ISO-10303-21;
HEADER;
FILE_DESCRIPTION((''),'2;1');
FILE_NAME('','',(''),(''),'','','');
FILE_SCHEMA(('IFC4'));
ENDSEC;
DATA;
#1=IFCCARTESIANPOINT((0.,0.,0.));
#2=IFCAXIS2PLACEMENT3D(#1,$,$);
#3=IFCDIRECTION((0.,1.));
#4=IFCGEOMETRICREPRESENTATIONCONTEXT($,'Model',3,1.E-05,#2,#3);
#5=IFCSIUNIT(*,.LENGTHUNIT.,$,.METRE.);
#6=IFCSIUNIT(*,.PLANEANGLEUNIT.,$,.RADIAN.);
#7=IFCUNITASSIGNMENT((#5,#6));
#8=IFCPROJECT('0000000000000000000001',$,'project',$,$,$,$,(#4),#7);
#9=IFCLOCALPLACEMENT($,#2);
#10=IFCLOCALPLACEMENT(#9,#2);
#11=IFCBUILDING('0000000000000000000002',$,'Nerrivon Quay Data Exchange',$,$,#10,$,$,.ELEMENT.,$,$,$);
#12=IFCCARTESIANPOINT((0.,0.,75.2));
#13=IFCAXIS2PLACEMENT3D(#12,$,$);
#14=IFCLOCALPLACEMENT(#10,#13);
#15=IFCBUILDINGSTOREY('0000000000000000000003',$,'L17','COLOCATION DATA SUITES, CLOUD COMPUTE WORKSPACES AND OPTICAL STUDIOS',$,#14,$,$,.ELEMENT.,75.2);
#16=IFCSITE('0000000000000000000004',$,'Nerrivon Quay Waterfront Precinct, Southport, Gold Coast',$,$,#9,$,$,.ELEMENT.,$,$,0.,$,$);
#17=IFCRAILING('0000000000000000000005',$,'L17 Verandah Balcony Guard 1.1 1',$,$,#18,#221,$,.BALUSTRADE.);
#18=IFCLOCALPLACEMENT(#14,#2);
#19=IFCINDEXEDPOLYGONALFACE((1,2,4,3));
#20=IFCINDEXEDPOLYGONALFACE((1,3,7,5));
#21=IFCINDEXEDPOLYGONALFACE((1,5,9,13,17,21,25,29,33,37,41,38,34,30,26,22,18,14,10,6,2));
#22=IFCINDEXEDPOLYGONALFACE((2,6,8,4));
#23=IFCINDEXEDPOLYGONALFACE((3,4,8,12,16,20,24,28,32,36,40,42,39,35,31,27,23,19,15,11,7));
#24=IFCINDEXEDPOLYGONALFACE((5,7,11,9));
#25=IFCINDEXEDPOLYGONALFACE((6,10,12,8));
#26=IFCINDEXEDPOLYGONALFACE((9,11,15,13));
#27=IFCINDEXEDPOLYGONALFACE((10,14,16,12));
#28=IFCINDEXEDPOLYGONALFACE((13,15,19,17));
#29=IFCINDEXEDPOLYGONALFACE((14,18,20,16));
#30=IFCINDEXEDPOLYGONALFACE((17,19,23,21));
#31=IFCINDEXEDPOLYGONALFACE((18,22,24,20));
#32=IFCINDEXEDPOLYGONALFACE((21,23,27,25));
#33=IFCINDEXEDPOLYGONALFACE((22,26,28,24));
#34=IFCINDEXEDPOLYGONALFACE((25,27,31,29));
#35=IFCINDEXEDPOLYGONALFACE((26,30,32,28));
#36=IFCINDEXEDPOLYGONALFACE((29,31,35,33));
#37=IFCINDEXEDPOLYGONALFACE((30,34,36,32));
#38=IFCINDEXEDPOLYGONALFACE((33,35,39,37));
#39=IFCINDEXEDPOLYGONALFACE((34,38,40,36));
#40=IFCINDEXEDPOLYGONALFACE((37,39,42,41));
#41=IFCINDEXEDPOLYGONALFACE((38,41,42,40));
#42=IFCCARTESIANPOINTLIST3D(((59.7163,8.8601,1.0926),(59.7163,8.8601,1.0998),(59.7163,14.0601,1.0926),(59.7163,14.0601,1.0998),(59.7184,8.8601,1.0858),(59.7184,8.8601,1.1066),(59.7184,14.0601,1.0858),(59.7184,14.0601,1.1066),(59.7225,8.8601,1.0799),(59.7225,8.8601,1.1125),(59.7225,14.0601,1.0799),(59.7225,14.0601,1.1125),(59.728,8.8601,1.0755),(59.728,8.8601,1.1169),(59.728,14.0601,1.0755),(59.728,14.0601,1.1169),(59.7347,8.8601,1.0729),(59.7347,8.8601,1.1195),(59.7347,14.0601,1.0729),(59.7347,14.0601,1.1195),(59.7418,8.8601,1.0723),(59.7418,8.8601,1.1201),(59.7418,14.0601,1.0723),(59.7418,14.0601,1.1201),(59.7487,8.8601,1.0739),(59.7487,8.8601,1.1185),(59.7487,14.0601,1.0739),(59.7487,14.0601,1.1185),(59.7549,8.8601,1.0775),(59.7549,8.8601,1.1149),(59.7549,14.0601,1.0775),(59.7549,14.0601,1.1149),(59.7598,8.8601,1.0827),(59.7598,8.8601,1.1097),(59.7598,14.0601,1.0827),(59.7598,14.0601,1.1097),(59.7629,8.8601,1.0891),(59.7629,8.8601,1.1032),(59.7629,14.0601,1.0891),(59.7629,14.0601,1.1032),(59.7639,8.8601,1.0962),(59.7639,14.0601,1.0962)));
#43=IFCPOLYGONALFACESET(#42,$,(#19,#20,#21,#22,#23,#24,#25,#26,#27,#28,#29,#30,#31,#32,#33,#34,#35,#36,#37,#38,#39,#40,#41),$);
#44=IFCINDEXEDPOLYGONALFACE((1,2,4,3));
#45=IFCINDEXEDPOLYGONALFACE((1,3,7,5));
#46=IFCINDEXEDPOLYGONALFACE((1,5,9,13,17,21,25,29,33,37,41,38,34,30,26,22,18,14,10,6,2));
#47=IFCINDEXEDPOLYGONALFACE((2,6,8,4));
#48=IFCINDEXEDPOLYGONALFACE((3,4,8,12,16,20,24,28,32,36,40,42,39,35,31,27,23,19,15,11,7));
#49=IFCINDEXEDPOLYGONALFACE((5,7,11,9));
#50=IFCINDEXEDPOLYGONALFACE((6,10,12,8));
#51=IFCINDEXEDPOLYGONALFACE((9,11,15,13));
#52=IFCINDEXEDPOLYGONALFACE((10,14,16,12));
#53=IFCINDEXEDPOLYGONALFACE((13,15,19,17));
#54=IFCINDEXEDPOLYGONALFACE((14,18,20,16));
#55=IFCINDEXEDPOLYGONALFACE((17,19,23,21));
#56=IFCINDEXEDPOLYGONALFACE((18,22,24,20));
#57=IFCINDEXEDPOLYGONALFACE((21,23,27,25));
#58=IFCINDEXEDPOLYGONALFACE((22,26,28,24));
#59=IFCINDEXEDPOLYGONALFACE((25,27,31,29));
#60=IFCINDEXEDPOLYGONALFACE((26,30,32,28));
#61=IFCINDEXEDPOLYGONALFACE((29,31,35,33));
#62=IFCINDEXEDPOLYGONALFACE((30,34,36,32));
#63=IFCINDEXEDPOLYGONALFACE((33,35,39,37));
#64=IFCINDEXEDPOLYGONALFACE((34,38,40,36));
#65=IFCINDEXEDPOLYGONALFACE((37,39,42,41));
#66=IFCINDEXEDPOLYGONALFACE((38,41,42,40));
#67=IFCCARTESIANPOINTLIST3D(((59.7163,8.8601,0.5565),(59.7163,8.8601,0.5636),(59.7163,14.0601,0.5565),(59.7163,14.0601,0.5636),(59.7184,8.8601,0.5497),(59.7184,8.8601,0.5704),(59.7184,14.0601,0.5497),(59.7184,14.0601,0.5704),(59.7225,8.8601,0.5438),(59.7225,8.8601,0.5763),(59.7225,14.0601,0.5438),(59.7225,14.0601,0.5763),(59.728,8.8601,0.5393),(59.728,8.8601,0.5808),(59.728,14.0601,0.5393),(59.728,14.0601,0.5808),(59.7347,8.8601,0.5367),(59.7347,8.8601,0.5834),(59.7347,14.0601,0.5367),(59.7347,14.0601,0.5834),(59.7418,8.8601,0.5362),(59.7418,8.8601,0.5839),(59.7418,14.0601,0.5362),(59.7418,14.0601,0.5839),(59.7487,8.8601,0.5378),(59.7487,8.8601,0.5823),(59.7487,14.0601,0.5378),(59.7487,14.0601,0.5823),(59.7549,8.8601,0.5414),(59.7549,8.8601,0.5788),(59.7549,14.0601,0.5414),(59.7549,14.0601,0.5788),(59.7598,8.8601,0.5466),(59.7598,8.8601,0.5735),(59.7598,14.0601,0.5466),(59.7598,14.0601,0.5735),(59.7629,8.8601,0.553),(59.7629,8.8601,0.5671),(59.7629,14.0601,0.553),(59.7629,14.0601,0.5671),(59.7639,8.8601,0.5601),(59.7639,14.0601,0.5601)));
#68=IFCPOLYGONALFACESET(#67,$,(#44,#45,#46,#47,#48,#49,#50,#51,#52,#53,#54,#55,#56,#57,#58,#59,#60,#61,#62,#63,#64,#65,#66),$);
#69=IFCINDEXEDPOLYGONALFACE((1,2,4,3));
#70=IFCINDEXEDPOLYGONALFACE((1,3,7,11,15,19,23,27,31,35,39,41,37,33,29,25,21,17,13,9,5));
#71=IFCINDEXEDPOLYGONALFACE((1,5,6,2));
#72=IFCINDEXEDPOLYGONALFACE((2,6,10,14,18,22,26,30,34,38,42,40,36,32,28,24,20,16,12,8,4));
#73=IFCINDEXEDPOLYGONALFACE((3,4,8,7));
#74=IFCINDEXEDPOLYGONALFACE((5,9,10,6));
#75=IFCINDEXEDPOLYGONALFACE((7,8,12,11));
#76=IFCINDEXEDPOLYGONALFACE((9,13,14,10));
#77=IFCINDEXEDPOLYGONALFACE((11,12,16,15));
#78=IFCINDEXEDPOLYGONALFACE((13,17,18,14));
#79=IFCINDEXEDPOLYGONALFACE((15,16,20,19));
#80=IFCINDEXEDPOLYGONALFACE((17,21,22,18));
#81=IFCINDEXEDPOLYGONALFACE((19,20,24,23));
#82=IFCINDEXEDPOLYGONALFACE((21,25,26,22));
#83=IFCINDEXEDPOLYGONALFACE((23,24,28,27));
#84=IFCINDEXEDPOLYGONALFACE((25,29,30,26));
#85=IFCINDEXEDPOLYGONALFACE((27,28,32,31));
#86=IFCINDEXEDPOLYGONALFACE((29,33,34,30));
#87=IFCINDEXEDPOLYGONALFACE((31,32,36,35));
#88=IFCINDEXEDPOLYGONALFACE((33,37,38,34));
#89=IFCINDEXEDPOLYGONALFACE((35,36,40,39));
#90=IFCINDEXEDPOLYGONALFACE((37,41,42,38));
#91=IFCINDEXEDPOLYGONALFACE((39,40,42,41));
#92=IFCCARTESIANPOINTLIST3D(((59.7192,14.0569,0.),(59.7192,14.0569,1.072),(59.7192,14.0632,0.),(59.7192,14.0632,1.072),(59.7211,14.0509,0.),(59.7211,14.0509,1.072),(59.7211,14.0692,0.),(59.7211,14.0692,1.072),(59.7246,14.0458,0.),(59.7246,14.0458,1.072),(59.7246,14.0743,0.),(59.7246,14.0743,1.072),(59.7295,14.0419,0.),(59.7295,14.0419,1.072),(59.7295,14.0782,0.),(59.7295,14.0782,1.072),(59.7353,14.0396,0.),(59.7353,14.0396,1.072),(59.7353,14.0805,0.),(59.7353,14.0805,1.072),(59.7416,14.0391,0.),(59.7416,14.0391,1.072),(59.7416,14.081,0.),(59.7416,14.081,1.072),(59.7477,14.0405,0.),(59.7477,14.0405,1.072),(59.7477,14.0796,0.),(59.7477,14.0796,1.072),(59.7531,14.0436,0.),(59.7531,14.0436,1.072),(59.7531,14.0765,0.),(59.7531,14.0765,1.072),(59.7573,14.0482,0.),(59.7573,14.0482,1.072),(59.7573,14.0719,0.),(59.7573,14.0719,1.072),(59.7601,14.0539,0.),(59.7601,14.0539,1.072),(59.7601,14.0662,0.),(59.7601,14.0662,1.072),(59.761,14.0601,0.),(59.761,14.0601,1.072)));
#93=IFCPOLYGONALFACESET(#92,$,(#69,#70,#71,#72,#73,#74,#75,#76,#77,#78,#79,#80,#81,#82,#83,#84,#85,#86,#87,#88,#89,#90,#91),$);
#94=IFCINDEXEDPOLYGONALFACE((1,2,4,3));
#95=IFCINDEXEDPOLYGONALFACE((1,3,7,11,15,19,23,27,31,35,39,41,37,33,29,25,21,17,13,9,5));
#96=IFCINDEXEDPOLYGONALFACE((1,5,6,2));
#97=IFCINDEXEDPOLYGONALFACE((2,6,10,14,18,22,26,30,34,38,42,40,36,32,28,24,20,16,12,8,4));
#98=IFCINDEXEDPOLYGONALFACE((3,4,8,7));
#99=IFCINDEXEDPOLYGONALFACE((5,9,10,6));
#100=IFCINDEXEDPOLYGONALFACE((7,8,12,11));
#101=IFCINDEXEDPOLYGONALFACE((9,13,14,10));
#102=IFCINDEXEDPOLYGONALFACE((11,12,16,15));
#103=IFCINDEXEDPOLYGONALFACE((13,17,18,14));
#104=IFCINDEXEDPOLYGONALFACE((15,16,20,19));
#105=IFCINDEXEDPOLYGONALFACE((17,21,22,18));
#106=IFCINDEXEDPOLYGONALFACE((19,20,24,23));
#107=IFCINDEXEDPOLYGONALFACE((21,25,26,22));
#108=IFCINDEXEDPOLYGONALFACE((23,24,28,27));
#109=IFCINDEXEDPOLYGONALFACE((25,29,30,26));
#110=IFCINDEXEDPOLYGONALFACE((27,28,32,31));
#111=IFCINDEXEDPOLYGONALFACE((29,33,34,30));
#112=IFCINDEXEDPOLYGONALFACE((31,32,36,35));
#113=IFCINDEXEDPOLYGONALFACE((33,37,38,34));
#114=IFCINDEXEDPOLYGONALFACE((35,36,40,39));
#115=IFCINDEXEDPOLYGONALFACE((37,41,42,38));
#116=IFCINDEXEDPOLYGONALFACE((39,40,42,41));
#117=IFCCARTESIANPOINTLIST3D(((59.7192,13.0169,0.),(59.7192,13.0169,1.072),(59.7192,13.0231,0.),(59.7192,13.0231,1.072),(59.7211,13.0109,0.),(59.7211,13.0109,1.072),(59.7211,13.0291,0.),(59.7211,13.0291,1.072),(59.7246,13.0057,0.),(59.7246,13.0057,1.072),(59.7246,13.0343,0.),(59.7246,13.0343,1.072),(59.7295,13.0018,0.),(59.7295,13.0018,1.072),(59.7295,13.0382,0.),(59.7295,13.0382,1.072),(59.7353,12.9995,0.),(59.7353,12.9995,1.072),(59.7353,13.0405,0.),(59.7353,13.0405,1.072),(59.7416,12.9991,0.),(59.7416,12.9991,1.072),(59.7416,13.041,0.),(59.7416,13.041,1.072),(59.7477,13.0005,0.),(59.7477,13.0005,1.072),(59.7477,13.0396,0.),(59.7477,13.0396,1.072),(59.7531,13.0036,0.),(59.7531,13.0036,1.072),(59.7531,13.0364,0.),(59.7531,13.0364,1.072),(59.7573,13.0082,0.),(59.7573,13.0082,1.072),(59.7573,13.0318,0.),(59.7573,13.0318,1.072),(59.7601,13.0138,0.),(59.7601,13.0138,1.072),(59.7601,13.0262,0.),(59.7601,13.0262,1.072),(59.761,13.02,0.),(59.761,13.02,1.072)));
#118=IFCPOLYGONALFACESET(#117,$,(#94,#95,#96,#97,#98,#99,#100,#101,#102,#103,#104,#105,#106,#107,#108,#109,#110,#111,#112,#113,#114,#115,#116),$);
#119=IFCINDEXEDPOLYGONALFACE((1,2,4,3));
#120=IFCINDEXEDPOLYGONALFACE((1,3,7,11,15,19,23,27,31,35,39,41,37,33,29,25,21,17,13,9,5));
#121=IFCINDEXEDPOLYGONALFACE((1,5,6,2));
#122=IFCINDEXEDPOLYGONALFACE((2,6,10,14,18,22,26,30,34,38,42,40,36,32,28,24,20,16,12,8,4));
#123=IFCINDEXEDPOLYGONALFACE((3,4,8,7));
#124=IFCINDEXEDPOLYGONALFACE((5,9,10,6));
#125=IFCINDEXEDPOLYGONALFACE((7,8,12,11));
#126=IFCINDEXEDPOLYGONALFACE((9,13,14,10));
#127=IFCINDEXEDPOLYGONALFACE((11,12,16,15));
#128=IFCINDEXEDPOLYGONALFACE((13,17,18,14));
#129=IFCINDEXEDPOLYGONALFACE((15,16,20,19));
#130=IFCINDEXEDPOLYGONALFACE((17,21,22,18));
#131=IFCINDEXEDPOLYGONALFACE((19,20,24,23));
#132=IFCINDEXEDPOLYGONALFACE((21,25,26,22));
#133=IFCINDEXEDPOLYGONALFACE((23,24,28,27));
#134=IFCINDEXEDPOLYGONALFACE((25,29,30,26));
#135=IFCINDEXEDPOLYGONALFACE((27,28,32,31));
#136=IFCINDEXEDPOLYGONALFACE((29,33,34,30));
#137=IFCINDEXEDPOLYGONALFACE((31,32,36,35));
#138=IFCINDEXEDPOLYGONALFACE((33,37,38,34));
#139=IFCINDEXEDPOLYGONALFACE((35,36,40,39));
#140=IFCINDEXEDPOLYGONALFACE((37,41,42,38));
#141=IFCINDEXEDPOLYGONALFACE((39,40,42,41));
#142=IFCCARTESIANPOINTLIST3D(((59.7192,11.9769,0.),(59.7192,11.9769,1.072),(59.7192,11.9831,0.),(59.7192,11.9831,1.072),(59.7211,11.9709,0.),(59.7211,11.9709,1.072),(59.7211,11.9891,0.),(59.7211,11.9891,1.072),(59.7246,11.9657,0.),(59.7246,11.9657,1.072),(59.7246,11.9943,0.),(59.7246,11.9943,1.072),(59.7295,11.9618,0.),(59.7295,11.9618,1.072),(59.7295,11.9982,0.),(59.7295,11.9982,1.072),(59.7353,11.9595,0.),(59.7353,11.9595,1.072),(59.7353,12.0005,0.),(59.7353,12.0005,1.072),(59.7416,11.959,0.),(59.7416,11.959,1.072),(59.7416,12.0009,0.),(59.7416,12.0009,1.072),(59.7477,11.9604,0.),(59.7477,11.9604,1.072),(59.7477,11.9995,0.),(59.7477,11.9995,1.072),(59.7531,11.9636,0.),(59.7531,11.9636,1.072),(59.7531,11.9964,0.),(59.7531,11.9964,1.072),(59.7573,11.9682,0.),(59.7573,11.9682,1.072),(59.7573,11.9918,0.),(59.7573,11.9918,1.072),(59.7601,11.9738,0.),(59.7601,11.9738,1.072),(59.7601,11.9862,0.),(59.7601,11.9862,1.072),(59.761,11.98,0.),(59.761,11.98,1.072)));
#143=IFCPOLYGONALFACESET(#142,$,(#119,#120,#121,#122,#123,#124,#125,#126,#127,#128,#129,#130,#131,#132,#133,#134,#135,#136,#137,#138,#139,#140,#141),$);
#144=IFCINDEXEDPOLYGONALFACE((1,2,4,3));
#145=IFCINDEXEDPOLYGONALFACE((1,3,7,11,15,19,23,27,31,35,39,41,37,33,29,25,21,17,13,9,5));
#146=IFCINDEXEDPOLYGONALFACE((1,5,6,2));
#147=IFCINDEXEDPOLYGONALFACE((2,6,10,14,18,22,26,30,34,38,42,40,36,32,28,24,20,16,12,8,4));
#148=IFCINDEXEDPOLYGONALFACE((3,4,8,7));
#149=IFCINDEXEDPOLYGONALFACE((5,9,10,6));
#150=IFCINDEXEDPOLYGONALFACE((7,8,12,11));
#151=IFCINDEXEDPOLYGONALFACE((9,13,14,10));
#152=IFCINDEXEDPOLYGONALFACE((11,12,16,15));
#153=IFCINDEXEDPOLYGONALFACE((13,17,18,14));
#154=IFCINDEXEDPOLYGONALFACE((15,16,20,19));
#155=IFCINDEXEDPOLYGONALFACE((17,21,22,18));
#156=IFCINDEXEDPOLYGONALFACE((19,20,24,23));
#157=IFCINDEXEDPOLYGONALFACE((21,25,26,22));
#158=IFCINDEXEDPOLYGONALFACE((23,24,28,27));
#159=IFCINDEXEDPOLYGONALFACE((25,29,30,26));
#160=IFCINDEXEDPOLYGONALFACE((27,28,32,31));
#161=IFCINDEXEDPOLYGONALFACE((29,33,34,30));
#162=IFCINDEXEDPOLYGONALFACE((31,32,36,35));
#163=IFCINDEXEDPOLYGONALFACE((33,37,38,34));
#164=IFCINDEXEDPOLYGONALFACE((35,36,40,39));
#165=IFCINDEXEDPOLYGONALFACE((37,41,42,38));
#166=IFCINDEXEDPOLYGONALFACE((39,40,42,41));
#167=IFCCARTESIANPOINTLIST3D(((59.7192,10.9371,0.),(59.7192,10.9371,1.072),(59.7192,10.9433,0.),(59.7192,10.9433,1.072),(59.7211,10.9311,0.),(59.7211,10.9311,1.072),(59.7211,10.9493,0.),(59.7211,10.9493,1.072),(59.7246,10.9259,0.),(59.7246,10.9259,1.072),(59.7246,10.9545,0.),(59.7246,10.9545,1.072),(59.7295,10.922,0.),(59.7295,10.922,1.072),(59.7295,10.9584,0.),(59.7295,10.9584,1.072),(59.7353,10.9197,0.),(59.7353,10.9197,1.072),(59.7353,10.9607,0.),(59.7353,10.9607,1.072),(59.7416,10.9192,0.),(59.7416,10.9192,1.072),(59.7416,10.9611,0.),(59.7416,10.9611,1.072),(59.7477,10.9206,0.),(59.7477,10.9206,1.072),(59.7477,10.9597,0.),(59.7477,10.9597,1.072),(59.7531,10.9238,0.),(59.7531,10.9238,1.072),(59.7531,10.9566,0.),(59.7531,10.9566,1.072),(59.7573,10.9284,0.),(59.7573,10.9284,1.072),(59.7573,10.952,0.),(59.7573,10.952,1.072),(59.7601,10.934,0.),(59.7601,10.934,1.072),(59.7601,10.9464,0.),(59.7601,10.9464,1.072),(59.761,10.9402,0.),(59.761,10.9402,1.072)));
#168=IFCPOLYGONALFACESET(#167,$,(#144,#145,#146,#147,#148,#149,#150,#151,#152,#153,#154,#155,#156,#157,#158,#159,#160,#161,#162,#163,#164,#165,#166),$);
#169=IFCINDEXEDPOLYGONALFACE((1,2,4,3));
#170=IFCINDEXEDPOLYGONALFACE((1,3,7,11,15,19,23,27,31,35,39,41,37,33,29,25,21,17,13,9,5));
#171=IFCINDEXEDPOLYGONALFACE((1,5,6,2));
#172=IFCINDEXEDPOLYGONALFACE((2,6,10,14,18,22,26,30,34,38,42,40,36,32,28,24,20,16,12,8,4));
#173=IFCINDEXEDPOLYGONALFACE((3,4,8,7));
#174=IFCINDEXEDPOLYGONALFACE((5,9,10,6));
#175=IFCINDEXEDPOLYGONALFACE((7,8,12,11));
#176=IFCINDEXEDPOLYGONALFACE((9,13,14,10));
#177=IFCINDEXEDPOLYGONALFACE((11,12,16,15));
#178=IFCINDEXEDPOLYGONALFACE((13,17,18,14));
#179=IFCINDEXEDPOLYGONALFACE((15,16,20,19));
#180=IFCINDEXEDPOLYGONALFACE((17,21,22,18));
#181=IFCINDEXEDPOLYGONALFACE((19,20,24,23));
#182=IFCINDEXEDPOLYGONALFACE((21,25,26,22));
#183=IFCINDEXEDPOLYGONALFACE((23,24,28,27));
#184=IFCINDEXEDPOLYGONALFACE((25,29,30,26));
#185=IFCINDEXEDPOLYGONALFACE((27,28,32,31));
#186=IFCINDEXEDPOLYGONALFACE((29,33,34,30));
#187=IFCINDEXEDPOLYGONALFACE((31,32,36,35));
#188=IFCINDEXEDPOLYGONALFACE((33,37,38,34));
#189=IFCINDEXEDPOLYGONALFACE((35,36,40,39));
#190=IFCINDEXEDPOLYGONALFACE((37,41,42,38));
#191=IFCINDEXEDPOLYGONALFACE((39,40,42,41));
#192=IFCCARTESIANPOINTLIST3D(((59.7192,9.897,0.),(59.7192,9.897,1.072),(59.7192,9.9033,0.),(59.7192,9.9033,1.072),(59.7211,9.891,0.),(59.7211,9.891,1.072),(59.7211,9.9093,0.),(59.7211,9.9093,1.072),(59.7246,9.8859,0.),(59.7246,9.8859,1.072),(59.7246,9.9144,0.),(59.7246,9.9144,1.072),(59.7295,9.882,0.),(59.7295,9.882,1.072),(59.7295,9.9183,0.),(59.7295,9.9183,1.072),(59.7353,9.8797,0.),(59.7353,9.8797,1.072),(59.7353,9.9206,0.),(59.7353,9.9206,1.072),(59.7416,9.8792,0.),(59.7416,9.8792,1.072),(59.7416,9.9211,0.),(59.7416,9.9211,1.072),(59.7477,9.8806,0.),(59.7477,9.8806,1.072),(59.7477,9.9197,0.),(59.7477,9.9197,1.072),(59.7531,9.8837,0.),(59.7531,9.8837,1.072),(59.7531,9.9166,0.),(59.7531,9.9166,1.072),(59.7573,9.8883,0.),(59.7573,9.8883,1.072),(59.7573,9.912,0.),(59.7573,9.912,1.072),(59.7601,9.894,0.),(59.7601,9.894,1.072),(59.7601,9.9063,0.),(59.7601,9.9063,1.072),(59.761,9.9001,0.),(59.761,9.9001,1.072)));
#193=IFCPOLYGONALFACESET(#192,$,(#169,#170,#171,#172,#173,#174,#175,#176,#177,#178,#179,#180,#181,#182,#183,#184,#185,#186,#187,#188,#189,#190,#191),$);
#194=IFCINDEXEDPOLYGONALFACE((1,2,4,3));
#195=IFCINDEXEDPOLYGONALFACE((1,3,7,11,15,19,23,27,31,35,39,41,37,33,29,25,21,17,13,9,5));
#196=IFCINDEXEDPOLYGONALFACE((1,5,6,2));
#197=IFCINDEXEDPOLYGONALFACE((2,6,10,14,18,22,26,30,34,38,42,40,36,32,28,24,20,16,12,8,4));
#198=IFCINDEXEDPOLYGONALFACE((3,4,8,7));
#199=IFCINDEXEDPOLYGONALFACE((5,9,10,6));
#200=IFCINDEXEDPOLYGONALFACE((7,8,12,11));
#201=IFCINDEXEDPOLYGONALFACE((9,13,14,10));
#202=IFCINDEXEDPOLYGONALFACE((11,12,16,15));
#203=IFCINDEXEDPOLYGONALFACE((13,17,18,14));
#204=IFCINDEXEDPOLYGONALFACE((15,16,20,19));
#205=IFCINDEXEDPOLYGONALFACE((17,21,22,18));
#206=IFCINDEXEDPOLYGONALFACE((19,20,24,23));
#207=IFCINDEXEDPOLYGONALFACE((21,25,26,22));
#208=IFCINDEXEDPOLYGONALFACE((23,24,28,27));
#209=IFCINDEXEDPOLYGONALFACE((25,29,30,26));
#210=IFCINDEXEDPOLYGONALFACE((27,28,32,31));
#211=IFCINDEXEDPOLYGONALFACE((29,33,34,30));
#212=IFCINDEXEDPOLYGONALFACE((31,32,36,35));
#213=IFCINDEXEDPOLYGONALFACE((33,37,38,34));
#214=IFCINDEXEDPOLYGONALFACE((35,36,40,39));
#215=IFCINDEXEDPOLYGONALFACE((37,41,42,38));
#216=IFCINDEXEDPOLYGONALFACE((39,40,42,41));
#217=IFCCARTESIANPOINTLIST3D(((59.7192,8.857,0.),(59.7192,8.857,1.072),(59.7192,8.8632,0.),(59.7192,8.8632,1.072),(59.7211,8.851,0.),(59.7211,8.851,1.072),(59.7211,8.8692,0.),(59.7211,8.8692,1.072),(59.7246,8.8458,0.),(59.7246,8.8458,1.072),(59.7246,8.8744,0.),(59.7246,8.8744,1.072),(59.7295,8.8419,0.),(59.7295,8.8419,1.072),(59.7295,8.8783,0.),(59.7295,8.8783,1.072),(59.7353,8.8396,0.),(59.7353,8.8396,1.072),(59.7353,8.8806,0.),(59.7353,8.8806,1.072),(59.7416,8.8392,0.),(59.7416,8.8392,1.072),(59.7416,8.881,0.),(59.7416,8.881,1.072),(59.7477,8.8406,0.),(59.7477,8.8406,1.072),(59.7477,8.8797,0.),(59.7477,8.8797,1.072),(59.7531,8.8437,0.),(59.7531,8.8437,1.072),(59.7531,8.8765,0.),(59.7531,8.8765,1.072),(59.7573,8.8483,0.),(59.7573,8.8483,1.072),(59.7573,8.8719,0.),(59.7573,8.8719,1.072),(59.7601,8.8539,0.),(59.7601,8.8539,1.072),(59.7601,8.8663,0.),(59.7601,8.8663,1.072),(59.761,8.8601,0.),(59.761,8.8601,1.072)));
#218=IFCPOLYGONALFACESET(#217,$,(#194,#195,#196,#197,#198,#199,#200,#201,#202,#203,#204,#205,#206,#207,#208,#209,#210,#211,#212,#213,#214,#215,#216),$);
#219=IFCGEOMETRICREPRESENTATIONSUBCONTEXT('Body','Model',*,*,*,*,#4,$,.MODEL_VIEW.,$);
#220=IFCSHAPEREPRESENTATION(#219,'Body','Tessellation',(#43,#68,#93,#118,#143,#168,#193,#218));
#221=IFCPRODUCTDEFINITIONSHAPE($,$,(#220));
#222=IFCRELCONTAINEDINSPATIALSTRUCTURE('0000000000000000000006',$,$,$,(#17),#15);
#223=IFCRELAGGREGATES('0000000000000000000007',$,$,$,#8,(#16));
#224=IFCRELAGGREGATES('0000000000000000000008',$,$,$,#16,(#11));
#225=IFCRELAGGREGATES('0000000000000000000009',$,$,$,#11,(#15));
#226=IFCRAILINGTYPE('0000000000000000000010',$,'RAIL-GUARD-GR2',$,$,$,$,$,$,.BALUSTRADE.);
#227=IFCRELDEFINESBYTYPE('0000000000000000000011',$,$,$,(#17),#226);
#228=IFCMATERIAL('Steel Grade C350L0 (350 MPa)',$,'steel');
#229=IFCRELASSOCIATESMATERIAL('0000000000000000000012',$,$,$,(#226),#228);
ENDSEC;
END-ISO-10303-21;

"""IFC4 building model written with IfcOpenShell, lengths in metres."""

from ifc_helpers import new_model, si_unit, direction, frame, origin, origin_2d, place, context, subcontext, project, spatial, circle, extrude, material, type_object, element, save


model = new_model("IFC4")

# Units and contexts
model_context = context("Model", 3, precision=1e-05, world=origin(), true_north=direction((0.0, 1.0)))
body_context = subcontext(model_context, "Body", "Model", "MODEL_VIEW")
ifc_project = project(units=[si_unit("LENGTHUNIT", "METRE"), si_unit("PLANEANGLEUNIT", "RADIAN")], contexts=[model_context])

# Site, building, storey
site_placement = place(None, origin())
site = spatial("IfcSite", under=ifc_project, at=site_placement, Name="Nerrivon Quay Waterfront Precinct, Southport, Gold Coast", CompositionType="ELEMENT", RefElevation=0.0)
building_placement = place(site_placement, origin())
building = spatial("IfcBuilding", under=site, at=building_placement, Name="Nerrivon Quay Data Exchange", CompositionType="ELEMENT")
storey_placement = place(building_placement, frame((0.0, 0.0, 75.2)))
storey = spatial("IfcBuildingStorey", under=building, at=storey_placement, Name="L17", Description="COLOCATION DATA SUITES, CLOUD COMPUTE WORKSPACES AND OPTICAL STUDIOS", CompositionType="ELEMENT", Elevation=75.2)

# Railing
ifc_material_1 = material(Name="Steel Grade C350L0 (350 MPa)", Category="steel")
railing_type = type_object("IfcRailingType", Name="RAIL-GUARD-GR2", PredefinedType="BALUSTRADE", material=ifc_material_1)
railing_1_placement = place(storey_placement, frame((59.74, 14.0601, 0.0)))
element("IfcRailing", 1, at=railing_1_placement, inside=storey, type_object=railing_type, Name="L17 Verandah Balcony Guard 1.1 1", PredefinedType="BALUSTRADE", context=body_context, shape_type="SweptSolid", body=[
    extrude(circle(Radius=0.0239, at=origin_2d()), frame((0.0, 0.0, 1.0962), z_axis=(0.0, -1.0, 0.0), x_axis=(1.0, 0.0, 0.0)), (0.0, 0.0, 1.0), 5.2),
    extrude(circle(Radius=0.0239, at=origin_2d()), frame((0.0, 0.0, 0.5601), z_axis=(0.0, -1.0, 0.0), x_axis=(1.0, 0.0, 0.0)), (0.0, 0.0, 1.0), 5.2),
    extrude(circle(Radius=0.021, at=origin_2d()), origin(), (0.0, 0.0, 1.0), 1.072),
    extrude(circle(Radius=0.021, at=origin_2d()), frame((0.0, -1.04, 0.0)), (0.0, 0.0, 1.0), 1.072),
    extrude(circle(Radius=0.021, at=origin_2d()), frame((0.0, -2.0801, 0.0)), (0.0, 0.0, 1.0), 1.072),
    extrude(circle(Radius=0.021, at=origin_2d()), frame((0.0, -3.1199, 0.0)), (0.0, 0.0, 1.0), 1.072),
    extrude(circle(Radius=0.021, at=origin_2d()), frame((0.0, -4.1599, 0.0)), (0.0, 0.0, 1.0), 1.072),
    extrude(circle(Radius=0.021, at=origin_2d()), frame((0.0, -5.2, 0.0)), (0.0, 0.0, 1.0), 1.072),
])

save(model, "model.ifc")
